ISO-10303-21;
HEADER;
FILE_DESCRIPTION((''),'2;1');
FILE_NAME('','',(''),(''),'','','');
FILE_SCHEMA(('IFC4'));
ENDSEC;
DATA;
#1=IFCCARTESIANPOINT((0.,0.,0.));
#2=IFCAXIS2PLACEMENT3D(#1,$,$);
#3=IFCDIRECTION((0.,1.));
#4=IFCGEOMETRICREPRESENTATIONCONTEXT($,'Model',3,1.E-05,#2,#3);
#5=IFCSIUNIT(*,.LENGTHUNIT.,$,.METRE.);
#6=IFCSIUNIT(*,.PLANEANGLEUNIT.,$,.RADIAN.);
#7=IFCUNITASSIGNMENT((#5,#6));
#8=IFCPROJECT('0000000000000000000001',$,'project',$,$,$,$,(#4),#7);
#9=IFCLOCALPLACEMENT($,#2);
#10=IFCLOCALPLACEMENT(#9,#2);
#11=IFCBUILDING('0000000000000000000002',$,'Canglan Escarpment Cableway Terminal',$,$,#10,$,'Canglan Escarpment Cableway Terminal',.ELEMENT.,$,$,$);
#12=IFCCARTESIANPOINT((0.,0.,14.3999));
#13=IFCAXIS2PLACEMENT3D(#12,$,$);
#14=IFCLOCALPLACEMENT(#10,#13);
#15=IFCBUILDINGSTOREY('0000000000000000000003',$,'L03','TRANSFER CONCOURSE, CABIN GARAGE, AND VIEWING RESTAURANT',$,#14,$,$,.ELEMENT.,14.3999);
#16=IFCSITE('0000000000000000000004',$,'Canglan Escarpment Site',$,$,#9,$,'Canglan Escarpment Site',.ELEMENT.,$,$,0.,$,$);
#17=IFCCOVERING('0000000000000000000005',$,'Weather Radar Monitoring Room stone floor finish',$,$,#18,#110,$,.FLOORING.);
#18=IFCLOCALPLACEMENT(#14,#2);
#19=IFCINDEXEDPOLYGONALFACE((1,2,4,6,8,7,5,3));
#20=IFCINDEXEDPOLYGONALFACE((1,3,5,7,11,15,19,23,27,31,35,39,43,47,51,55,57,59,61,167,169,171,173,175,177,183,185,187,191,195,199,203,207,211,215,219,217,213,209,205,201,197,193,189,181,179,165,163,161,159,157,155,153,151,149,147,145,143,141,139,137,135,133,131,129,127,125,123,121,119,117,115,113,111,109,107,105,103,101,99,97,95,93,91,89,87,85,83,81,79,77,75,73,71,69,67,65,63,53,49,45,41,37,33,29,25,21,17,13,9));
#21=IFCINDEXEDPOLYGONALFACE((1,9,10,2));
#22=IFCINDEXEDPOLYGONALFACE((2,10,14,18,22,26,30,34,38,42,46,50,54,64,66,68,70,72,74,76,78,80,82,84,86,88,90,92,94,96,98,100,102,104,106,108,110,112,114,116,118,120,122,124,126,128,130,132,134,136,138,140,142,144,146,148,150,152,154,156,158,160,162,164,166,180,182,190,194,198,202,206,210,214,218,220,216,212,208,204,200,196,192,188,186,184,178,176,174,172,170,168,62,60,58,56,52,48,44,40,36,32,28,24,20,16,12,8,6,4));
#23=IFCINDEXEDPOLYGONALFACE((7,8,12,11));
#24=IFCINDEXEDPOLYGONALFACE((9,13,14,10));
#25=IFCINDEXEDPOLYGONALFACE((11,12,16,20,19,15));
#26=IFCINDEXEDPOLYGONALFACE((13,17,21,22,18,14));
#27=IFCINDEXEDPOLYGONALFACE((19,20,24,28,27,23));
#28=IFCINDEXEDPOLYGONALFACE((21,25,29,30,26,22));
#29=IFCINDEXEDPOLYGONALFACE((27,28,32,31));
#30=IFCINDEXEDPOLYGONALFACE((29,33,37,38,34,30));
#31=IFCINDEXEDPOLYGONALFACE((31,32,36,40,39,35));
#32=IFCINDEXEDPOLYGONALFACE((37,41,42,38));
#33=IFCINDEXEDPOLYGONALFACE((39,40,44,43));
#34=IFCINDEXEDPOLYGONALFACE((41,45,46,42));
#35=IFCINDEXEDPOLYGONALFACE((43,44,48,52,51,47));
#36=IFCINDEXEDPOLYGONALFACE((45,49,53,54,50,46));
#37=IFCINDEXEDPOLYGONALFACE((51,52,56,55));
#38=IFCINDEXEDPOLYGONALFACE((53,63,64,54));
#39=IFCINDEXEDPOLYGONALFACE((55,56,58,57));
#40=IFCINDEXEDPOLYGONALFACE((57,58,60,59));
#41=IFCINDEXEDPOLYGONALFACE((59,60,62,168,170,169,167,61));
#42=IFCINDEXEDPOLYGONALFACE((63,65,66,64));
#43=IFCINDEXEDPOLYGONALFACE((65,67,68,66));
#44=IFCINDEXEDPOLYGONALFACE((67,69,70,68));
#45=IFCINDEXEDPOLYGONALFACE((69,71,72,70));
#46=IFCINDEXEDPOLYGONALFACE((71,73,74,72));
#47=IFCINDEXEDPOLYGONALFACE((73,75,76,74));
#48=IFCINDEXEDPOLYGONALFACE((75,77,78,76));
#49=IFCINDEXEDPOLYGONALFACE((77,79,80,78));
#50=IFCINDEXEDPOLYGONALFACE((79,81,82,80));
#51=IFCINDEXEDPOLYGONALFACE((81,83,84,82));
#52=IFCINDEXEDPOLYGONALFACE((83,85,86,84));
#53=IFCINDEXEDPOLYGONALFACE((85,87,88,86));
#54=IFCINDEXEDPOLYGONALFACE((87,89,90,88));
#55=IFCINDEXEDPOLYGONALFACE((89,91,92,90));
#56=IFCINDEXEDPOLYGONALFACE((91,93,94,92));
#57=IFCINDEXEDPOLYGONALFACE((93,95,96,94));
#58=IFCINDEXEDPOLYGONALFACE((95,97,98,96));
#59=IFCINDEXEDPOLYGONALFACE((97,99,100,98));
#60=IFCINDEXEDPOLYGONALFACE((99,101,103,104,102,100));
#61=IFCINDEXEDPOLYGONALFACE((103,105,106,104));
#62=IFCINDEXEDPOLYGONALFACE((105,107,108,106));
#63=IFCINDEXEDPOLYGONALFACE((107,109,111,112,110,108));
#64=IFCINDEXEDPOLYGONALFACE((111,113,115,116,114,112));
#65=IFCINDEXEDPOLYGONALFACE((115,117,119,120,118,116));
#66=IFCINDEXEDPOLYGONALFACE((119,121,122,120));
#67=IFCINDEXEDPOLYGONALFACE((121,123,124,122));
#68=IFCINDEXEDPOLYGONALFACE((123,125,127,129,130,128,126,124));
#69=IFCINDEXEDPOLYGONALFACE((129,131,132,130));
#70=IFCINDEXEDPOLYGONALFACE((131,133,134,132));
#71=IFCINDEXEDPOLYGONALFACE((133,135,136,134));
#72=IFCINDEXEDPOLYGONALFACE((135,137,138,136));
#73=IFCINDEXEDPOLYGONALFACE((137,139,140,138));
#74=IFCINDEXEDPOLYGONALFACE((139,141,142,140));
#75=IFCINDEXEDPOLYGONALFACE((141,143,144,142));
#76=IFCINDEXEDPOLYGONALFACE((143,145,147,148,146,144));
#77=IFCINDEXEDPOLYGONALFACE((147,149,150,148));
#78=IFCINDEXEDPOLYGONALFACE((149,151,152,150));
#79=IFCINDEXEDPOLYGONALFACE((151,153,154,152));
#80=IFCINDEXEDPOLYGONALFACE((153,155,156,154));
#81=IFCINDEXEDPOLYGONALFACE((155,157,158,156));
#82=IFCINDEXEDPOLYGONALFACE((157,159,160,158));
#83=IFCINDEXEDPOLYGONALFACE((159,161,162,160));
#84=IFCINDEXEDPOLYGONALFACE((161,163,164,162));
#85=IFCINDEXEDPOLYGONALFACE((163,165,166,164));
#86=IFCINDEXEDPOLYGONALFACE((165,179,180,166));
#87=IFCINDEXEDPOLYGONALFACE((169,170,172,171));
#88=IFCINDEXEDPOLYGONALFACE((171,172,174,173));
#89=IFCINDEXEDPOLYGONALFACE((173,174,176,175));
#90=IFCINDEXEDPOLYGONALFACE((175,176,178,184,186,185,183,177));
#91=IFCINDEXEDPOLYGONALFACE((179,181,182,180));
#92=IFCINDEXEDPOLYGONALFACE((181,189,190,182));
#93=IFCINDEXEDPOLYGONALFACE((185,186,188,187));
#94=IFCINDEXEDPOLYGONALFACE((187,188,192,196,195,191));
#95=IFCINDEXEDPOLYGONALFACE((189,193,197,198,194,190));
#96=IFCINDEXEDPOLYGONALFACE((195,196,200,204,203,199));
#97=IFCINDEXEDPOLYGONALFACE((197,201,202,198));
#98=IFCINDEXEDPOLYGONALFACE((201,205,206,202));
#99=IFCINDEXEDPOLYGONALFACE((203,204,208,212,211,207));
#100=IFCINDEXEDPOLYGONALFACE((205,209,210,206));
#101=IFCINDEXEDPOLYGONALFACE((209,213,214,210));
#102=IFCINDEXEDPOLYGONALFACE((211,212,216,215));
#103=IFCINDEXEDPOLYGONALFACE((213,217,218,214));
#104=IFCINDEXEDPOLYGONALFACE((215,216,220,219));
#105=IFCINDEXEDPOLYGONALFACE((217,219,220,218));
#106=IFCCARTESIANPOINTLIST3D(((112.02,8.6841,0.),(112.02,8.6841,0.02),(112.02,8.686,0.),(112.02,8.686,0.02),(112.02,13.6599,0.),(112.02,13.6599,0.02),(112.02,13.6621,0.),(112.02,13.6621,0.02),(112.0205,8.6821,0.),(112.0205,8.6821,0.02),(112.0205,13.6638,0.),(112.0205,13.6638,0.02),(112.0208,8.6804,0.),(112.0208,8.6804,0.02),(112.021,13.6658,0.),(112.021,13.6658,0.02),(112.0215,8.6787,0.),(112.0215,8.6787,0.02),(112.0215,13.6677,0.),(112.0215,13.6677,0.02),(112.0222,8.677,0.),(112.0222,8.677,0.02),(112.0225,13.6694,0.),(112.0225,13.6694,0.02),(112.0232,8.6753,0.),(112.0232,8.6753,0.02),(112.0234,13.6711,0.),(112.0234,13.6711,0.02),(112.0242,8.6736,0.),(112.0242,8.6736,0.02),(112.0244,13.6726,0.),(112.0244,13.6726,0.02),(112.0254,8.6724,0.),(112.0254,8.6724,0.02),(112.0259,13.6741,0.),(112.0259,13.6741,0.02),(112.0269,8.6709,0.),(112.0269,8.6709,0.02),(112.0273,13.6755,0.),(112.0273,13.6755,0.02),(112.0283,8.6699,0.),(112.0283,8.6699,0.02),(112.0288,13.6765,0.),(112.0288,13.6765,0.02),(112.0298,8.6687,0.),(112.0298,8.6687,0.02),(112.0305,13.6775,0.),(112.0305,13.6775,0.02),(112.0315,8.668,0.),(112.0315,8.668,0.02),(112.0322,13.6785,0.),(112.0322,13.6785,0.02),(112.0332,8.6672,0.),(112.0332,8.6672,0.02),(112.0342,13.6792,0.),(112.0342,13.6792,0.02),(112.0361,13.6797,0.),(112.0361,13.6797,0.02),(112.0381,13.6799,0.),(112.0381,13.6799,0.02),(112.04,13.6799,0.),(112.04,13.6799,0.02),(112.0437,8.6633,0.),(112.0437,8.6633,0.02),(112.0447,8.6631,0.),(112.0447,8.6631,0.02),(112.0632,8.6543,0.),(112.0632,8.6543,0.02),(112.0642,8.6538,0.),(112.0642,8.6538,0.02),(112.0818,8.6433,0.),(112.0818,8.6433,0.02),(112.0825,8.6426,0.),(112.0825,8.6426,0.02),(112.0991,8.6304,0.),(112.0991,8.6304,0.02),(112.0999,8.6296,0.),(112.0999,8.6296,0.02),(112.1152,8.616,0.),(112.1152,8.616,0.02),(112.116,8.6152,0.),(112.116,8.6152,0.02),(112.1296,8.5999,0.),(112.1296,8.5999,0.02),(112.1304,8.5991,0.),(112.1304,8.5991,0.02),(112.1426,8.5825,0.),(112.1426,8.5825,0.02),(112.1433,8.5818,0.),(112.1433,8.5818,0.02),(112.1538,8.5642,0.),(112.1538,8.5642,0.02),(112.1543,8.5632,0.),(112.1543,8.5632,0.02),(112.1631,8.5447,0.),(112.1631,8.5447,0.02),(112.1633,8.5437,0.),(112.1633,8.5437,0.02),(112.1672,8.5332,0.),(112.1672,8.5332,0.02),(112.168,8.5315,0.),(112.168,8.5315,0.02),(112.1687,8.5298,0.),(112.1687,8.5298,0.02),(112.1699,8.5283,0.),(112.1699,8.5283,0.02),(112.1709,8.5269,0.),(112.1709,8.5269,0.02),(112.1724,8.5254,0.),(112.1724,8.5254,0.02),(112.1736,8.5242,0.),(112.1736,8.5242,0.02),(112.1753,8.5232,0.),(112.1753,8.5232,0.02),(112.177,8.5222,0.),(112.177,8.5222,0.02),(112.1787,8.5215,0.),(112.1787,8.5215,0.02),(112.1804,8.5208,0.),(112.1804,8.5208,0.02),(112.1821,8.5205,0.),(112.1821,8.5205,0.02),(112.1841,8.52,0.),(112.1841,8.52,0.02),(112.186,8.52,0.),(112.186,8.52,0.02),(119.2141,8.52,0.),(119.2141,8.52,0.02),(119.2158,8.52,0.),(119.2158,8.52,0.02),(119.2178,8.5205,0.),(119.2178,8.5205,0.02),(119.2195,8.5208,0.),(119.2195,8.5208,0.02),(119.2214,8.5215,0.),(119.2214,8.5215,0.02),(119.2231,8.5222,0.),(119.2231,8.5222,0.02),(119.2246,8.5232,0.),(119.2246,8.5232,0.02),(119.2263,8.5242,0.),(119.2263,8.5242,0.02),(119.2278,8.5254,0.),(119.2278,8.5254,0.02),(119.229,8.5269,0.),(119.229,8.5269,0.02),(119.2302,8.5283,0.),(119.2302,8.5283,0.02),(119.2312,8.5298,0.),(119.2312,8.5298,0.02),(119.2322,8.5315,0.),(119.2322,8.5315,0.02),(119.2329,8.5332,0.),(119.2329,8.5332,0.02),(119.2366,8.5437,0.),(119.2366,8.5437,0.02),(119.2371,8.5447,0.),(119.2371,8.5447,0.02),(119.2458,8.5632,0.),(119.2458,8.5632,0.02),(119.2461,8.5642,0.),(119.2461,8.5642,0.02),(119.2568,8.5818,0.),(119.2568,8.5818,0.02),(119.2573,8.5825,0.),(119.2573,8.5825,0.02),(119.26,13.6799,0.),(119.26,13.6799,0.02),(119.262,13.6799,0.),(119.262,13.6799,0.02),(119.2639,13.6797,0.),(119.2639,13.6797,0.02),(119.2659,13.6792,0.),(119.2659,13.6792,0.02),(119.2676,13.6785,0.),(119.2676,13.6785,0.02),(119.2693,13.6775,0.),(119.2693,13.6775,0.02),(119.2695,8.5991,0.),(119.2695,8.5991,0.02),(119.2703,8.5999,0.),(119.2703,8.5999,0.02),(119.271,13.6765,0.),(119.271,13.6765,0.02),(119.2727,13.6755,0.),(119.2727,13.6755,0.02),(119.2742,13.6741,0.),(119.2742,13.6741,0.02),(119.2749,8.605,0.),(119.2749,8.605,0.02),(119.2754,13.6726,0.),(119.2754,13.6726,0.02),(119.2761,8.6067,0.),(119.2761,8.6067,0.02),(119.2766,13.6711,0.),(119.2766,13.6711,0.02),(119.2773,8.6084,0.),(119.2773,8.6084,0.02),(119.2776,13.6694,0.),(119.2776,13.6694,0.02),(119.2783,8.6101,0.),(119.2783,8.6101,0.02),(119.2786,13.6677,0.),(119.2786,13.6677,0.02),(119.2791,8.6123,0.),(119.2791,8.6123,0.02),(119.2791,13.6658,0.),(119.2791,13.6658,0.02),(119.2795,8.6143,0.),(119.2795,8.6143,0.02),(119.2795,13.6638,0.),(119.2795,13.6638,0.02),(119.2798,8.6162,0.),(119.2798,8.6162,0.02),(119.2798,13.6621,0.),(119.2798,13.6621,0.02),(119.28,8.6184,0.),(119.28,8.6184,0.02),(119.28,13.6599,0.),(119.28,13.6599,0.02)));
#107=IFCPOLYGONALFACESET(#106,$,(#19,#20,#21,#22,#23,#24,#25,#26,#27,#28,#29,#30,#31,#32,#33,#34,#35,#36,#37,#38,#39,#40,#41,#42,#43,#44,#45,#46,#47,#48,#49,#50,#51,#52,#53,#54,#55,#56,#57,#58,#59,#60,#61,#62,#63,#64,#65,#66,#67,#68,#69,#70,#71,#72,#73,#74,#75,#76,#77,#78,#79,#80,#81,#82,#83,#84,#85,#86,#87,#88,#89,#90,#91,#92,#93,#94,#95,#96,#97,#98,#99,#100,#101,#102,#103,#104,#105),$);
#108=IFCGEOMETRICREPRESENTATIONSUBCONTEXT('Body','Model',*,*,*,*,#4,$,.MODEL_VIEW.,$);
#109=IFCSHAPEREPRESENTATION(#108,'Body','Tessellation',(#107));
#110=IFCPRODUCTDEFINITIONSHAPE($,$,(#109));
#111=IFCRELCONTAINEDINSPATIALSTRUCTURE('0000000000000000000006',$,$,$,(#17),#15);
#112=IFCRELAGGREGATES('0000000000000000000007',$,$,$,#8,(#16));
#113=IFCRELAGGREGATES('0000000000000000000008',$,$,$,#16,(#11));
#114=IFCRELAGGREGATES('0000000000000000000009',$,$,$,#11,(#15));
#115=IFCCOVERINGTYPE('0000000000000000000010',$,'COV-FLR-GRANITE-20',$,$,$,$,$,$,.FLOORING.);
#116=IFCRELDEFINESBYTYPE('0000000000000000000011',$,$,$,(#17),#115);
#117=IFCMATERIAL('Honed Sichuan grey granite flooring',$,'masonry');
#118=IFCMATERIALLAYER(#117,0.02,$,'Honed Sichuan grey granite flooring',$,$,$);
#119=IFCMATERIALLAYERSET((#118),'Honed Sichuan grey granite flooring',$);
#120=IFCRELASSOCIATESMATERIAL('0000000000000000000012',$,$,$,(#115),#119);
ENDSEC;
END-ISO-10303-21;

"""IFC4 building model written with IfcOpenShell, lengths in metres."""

from ifc_helpers import new_model, si_unit, direction, frame, origin, place, context, subcontext, project, spatial, polyline, outline, extrude, material, layer, layer_set, type_object, element, save


model = new_model("IFC4")

# Units and contexts
model_context = context("Model", 3, precision=1e-05, world=origin(), true_north=direction((0.0, 1.0)))
body_context = subcontext(model_context, "Body", "Model", "MODEL_VIEW")
ifc_project = project(units=[si_unit("LENGTHUNIT", "METRE"), si_unit("PLANEANGLEUNIT", "RADIAN")], contexts=[model_context])

# Site, building, storey
site_placement = place(None, origin())
site = spatial("IfcSite", under=ifc_project, at=site_placement, Name="Canglan Escarpment Site", LongName="Canglan Escarpment Site", CompositionType="ELEMENT", RefElevation=0.0)
building_placement = place(site_placement, origin())
building = spatial("IfcBuilding", under=site, at=building_placement, Name="Canglan Escarpment Cableway Terminal", LongName="Canglan Escarpment Cableway Terminal", CompositionType="ELEMENT")
storey_placement = place(building_placement, frame((0.0, 0.0, 14.3999)))
storey = spatial("IfcBuildingStorey", under=building, at=storey_placement, Name="L03", Description="TRANSFER CONCOURSE, CABIN GARAGE, AND VIEWING RESTAURANT", CompositionType="ELEMENT", Elevation=14.3999)

# Covering
ifc_material_1 = material(Name="Honed Sichuan grey granite flooring", Category="masonry")
ifc_layer_1 = layer(ifc_material_1, 0.02, Name="Honed Sichuan grey granite flooring")
ifc_layer_set_1 = layer_set([ifc_layer_1], Name="Honed Sichuan grey granite flooring")
covering_type_1 = type_object("IfcCoveringType", Name="COV-FLR-GRANITE-20", PredefinedType="FLOORING", material=ifc_layer_set_1)
covering_1_placement = place(storey_placement, origin())
element("IfcCovering", 1, at=covering_1_placement, inside=storey, type_object=covering_type_1, Name="Weather Radar Monitoring Room stone floor finish", PredefinedType="FLOORING", context=body_context, shape_type="SweptSolid", body=[
    extrude(outline(polyline([(112.0332, 8.6672), (112.0315, 8.668), (112.0298, 8.6687), (112.0283, 8.6699), (112.0269, 8.6709), (112.0254, 8.6724), (112.0242, 8.6736), (112.0232, 8.6753), (112.0222, 8.677), (112.0215, 8.6787), (112.0208, 8.6804), (112.0205, 8.6821), (112.02, 8.6841), (112.02, 8.686), (112.02, 13.6599), (112.02, 13.6621), (112.0205, 13.6638), (112.021, 13.6658), (112.0215, 13.6677), (112.0225, 13.6694), (112.0234, 13.6711), (112.0244, 13.6726), (112.0259, 13.6741), (112.0273, 13.6755), (112.0288, 13.6765), (112.0305, 13.6775), (112.0322, 13.6785), (112.0342, 13.6792), (112.0361, 13.6797), (112.0381, 13.6799), (112.04, 13.6799), (119.26, 13.6799), (119.262, 13.6799), (119.2639, 13.6797), (119.2659, 13.6792), (119.2676, 13.6785), (119.2693, 13.6775), (119.271, 13.6765), (119.2727, 13.6755), (119.2742, 13.6741), (119.2754, 13.6726), (119.2766, 13.6711), (119.2776, 13.6694), (119.2786, 13.6677), (119.2791, 13.6658), (119.2795, 13.6638), (119.2798, 13.6621), (119.28, 13.6599), (119.28, 8.6184), (119.2798, 8.6162), (119.2795, 8.6143), (119.2791, 8.6123), (119.2783, 8.6101), (119.2773, 8.6084), (119.2761, 8.6067), (119.2749, 8.605), (119.2703, 8.5999), (119.2695, 8.5991), (119.2573, 8.5825), (119.2568, 8.5818), (119.2461, 8.5642), (119.2458, 8.5632), (119.2371, 8.5447), (119.2366, 8.5437), (119.2329, 8.5332), (119.2322, 8.5315), (119.2312, 8.5298), (119.2302, 8.5283), (119.229, 8.5269), (119.2278, 8.5254), (119.2263, 8.5242), (119.2246, 8.5232), (119.2231, 8.5222), (119.2214, 8.5215), (119.2195, 8.5208), (119.2178, 8.5205), (119.2158, 8.52), (119.2141, 8.52), (112.186, 8.52), (112.1841, 8.52), (112.1821, 8.5205), (112.1804, 8.5208), (112.1787, 8.5215), (112.177, 8.5222), (112.1753, 8.5232), (112.1736, 8.5242), (112.1724, 8.5254), (112.1709, 8.5269), (112.1699, 8.5283), (112.1687, 8.5298), (112.168, 8.5315), (112.1672, 8.5332), (112.1633, 8.5437), (112.1631, 8.5447), (112.1543, 8.5632), (112.1538, 8.5642), (112.1433, 8.5818), (112.1426, 8.5825), (112.1304, 8.5991), (112.1296, 8.5999), (112.116, 8.6152), (112.1152, 8.616), (112.0999, 8.6296), (112.0991, 8.6304), (112.0825, 8.6426), (112.0818, 8.6433), (112.0642, 8.6538), (112.0632, 8.6543), (112.0447, 8.6631), (112.0437, 8.6633), (112.0332, 8.6672)])), origin(), (0.0, 0.0, 1.0), 0.02),
])

save(model, "model.ifc")
